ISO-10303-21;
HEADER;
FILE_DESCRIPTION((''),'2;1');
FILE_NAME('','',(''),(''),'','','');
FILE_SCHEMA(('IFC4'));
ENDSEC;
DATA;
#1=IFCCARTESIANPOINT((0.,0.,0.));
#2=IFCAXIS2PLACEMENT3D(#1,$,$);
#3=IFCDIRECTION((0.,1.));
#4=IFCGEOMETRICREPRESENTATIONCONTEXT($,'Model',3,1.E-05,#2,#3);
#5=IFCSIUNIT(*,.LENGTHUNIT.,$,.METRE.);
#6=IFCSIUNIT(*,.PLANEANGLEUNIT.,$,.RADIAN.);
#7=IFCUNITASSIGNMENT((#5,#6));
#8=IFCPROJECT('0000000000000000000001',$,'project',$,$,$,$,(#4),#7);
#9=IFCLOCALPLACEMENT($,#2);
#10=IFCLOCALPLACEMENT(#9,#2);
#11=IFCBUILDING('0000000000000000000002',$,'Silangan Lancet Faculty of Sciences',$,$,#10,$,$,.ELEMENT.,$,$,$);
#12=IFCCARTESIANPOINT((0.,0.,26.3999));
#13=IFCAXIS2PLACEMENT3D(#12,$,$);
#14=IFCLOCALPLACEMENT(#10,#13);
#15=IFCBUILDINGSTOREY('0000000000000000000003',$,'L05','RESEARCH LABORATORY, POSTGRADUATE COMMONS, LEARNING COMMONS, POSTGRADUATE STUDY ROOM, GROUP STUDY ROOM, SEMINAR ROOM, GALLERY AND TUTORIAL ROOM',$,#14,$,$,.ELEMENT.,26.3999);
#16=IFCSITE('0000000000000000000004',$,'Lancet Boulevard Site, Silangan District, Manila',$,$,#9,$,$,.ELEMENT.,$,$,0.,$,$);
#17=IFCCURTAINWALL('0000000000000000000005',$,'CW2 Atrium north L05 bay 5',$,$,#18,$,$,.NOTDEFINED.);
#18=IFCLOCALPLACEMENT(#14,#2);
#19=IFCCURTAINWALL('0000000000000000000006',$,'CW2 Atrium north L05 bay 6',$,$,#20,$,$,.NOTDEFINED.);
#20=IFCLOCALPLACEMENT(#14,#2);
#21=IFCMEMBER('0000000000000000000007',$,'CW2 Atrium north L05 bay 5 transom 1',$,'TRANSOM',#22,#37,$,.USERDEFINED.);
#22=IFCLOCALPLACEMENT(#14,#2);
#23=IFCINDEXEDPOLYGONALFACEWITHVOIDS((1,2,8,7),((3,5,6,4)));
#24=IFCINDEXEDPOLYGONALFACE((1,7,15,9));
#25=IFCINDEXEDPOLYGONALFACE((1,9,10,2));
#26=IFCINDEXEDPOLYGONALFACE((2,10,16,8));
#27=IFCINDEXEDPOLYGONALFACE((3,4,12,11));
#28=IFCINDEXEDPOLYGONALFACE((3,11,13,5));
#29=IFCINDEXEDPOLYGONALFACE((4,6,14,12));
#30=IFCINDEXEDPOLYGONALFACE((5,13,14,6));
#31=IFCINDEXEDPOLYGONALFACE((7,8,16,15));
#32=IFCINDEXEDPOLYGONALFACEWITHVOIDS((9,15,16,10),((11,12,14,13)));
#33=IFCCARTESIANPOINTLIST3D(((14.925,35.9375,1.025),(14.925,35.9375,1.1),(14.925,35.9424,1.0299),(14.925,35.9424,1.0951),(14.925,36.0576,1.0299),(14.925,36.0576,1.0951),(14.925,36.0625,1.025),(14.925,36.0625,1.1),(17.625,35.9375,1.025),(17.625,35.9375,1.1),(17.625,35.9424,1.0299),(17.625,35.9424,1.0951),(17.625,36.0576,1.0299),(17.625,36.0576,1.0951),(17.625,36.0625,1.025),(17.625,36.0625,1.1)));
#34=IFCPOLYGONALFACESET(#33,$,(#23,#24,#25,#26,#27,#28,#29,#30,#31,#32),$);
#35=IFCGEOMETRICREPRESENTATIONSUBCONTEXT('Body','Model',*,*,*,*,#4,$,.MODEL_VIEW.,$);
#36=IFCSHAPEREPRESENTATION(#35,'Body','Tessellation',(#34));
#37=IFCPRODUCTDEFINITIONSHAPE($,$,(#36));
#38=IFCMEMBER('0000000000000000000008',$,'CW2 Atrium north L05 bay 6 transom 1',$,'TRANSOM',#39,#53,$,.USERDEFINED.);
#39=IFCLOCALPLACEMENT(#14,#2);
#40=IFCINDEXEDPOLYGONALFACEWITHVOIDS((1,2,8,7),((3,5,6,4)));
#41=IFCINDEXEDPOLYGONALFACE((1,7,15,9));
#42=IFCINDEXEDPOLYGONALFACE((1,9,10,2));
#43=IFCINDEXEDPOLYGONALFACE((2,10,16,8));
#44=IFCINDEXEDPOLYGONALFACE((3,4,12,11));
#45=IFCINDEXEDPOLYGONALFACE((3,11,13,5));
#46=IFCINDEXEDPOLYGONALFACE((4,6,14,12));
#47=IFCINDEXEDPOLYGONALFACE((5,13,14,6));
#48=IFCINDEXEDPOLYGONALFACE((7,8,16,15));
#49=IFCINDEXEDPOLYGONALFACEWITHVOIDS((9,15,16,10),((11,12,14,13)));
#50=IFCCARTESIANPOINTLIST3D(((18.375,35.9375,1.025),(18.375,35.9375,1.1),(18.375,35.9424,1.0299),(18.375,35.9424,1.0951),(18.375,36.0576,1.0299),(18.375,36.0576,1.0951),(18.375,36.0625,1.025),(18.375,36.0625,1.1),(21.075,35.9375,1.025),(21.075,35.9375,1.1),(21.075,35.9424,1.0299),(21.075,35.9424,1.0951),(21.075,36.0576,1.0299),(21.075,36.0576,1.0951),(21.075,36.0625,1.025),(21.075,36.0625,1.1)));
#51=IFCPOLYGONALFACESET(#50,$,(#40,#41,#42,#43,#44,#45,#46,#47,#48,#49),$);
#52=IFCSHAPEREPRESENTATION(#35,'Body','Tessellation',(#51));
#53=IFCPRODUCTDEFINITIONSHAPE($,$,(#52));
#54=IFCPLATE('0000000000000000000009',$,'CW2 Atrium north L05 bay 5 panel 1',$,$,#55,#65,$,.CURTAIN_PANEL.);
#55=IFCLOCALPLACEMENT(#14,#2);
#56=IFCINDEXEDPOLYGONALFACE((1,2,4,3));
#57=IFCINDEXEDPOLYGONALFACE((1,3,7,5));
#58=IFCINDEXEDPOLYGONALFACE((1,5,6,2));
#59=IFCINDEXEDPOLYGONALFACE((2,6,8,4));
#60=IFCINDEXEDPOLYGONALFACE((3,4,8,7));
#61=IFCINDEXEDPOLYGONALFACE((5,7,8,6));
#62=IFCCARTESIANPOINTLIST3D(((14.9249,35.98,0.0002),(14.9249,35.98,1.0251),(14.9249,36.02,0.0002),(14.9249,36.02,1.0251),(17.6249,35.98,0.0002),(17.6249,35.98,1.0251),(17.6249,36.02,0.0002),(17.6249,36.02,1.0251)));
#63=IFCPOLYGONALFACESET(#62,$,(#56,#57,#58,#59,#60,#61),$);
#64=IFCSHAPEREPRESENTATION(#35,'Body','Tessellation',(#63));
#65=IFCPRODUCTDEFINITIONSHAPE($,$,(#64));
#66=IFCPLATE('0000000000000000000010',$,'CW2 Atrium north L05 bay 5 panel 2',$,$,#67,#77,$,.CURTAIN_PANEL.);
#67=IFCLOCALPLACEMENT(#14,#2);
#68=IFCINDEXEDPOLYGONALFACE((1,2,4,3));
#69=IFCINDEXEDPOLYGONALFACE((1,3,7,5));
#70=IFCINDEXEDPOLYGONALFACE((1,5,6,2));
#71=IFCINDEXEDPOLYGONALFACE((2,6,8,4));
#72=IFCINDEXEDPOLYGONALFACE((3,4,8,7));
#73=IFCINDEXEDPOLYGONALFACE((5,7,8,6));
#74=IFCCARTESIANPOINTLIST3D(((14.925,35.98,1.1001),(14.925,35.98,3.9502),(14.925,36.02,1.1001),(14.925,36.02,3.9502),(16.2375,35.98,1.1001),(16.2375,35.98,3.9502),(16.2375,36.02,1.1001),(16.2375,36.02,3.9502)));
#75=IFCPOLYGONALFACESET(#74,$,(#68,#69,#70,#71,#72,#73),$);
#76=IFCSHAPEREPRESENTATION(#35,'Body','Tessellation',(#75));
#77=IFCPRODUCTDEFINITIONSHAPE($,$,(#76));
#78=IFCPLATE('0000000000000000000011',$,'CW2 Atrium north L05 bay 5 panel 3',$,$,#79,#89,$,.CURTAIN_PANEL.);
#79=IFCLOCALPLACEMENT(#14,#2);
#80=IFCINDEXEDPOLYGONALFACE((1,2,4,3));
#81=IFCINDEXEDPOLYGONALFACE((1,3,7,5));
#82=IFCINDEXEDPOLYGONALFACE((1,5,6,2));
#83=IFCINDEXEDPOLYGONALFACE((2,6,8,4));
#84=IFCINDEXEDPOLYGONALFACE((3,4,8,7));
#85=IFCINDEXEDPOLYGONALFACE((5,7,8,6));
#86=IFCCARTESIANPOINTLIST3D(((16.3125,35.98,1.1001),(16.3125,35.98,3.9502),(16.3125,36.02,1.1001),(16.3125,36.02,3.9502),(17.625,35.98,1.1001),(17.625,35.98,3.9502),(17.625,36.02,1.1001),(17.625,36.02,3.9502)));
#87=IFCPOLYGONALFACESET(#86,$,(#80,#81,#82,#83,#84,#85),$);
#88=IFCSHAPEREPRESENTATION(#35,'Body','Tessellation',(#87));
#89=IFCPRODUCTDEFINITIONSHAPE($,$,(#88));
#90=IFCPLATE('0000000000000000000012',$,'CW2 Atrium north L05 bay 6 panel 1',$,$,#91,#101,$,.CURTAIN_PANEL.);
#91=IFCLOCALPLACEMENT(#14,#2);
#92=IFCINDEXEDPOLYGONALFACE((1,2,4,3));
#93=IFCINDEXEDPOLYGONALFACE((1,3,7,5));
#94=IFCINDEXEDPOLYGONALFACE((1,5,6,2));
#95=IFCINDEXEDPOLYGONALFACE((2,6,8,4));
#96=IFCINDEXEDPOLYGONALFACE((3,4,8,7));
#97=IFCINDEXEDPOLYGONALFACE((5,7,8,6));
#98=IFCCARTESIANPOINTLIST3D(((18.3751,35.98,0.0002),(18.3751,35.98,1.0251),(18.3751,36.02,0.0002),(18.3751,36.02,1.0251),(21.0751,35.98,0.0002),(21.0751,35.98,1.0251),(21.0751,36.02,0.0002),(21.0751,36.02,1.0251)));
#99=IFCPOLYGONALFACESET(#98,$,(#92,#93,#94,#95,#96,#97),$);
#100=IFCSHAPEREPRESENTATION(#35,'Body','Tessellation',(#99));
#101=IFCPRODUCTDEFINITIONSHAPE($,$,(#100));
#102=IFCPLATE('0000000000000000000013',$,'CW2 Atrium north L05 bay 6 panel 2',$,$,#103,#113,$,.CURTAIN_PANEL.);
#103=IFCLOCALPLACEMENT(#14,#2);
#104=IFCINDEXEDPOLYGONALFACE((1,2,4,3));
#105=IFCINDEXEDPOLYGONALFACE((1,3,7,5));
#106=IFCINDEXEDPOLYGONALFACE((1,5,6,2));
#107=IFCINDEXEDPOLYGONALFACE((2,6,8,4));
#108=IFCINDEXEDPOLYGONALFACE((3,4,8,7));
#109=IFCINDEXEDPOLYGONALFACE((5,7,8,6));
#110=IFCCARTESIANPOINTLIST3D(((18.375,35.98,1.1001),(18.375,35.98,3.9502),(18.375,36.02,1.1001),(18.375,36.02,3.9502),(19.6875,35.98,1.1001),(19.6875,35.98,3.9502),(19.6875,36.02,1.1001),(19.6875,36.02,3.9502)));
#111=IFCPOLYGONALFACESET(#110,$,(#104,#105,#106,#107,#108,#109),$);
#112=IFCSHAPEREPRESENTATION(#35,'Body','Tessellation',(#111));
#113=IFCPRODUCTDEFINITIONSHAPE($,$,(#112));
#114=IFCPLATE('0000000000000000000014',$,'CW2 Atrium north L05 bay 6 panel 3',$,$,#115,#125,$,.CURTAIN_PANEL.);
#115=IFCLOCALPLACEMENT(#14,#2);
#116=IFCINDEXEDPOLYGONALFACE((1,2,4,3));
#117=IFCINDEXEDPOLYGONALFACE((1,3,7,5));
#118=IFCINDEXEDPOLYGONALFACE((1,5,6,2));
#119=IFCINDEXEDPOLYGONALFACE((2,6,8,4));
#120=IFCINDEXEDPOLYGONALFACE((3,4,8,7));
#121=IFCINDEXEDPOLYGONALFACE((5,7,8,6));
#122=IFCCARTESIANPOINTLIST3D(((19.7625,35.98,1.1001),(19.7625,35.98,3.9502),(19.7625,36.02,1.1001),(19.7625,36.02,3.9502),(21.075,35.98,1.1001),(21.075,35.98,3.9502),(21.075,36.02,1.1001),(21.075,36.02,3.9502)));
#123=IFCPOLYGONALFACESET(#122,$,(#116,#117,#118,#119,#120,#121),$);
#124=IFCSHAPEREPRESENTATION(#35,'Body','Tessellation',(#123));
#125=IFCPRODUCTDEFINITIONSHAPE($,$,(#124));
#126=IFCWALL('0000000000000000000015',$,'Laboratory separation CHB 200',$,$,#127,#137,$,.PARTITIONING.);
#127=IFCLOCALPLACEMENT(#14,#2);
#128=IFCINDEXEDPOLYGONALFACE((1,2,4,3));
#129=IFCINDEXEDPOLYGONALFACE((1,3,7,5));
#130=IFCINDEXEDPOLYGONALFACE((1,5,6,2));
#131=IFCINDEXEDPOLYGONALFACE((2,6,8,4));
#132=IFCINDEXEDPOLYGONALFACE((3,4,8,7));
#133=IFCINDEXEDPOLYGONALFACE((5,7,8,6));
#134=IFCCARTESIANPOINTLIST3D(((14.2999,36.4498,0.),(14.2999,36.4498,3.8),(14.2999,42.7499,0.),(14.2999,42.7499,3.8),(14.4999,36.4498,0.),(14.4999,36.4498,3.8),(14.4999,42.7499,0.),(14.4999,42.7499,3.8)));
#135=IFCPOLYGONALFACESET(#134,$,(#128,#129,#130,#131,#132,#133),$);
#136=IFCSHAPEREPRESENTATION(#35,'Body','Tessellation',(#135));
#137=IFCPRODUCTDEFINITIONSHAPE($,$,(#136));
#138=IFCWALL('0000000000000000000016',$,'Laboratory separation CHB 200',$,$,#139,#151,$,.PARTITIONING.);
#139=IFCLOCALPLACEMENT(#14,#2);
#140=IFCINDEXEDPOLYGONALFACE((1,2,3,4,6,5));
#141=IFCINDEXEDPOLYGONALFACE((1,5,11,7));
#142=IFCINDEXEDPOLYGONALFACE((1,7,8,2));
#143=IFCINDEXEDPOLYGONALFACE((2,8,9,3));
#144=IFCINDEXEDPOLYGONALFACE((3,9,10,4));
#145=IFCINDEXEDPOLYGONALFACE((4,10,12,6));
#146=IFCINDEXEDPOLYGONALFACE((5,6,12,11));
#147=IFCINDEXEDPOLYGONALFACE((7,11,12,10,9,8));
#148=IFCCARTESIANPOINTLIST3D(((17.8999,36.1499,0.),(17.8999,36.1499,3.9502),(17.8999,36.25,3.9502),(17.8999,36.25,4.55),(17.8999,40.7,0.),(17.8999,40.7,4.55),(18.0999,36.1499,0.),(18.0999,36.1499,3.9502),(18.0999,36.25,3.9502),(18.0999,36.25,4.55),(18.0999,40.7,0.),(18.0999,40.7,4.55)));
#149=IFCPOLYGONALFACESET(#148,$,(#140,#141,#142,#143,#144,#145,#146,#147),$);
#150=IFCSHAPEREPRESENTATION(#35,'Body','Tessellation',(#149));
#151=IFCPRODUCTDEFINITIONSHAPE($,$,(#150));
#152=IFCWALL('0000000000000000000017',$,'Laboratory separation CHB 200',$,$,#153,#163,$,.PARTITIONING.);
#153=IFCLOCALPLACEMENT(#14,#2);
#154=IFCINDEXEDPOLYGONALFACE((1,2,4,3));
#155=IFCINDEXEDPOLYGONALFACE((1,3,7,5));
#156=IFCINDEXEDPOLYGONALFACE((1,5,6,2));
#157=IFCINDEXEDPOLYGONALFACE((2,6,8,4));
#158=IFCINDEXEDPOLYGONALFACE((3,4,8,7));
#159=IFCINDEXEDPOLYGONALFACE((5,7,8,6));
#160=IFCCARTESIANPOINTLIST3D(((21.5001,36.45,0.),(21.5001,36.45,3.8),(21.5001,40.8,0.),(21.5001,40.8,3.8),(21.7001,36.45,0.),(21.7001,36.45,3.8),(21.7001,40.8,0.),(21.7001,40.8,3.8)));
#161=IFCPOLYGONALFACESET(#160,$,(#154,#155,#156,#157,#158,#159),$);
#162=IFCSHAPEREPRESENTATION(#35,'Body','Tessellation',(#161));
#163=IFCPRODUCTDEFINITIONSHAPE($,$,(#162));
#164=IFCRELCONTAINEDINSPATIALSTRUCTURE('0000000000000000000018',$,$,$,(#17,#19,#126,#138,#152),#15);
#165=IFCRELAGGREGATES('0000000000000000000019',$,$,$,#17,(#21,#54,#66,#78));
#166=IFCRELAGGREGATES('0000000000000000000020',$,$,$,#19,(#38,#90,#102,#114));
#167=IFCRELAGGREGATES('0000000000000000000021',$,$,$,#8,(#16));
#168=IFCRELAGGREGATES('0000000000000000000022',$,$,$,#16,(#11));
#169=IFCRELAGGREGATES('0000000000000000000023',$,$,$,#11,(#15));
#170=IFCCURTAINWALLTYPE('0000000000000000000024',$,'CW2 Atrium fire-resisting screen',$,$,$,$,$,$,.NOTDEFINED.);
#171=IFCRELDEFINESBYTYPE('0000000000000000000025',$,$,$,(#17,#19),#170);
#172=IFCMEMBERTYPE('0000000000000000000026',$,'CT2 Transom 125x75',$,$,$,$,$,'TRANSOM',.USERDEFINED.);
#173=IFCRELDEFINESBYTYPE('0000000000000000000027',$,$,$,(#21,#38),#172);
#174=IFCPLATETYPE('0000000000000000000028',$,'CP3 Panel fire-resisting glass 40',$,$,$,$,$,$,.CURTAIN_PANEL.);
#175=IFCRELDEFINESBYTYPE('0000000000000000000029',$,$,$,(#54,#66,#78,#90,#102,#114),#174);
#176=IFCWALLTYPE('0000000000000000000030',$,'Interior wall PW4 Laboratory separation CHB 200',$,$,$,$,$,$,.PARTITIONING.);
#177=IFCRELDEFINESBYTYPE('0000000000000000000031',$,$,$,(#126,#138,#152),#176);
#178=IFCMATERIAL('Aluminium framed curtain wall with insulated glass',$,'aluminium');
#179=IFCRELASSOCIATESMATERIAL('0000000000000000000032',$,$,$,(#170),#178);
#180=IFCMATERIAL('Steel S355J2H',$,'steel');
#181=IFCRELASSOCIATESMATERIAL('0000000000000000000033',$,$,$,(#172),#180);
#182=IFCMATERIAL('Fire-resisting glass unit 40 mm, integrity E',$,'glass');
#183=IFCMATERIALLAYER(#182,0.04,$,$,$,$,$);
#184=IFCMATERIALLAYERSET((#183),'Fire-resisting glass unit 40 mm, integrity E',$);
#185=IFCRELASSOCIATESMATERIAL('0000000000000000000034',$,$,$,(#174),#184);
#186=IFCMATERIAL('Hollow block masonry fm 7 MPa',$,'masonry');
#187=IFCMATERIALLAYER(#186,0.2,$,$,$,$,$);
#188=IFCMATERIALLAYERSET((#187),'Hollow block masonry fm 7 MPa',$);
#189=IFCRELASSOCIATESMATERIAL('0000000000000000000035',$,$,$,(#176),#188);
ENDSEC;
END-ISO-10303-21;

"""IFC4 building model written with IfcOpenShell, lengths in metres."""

from ifc_helpers import new_model, si_unit, direction, frame, frame_2d, origin, origin_2d, place, context, subcontext, project, spatial, polyline, rectangle, hollow_rectangle, outline, extrude, material, layer, layer_set, material_profile, profile_set, type_object, element, aggregate, save


model = new_model("IFC4")

# Units and contexts
model_context = context("Model", 3, precision=1e-05, world=origin(), true_north=direction((0.0, 1.0)))
body_context = subcontext(model_context, "Body", "Model", "MODEL_VIEW")
ifc_project = project(units=[si_unit("LENGTHUNIT", "METRE"), si_unit("PLANEANGLEUNIT", "RADIAN")], contexts=[model_context])

# Site, building, storey
site_placement = place(None, origin())
site = spatial("IfcSite", under=ifc_project, at=site_placement, Name="Lancet Boulevard Site, Silangan District, Manila", CompositionType="ELEMENT", RefElevation=0.0)
building_placement = place(site_placement, origin())
building = spatial("IfcBuilding", under=site, at=building_placement, Name="Silangan Lancet Faculty of Sciences", CompositionType="ELEMENT")
storey_placement = place(building_placement, frame((0.0, 0.0, 26.3999)))
storey = spatial("IfcBuildingStorey", under=building, at=storey_placement, Name="L05", Description="RESEARCH LABORATORY, POSTGRADUATE COMMONS, LEARNING COMMONS, POSTGRADUATE STUDY ROOM, GROUP STUDY ROOM, SEMINAR ROOM, GALLERY AND TUTORIAL ROOM", CompositionType="ELEMENT", Elevation=26.3999)

# Curtain walls
ifc_material_1 = material(Name="Aluminium framed curtain wall with insulated glass", Category="aluminium")
curtain_wall_type = type_object("IfcCurtainWallType", Name="CW2 Atrium fire-resisting screen", PredefinedType="NOTDEFINED", material=ifc_material_1)
curtain_wall_1_placement = place(storey_placement, origin())
curtain_wall_1 = element("IfcCurtainWall", 1, at=curtain_wall_1_placement, inside=storey, type_object=curtain_wall_type, Name="CW2 Atrium north L05 bay 5", PredefinedType="NOTDEFINED")
curtain_wall_2_placement = place(storey_placement, origin())
curtain_wall_2 = element("IfcCurtainWall", 2, at=curtain_wall_2_placement, inside=storey, type_object=curtain_wall_type, Name="CW2 Atrium north L05 bay 6", PredefinedType="NOTDEFINED")

# Members
ifc_material_2 = material(Name="Steel S355J2H", Category="steel")
ifc_material_profile_1 = material_profile(ifc_material_2, hollow_rectangle(XDim=0.125, YDim=0.075, WallThickness=0.0049, at=origin_2d()), Name="ST BOX 125x75x5")
ifc_profile_set_1 = profile_set([ifc_material_profile_1], Name="Steel S355J2H")
member_type_1 = type_object("IfcMemberType", Name="CT2 Transom 125x75", ElementType="TRANSOM", PredefinedType="USERDEFINED", material=ifc_profile_set_1)
member_1_placement = place(storey_placement, frame((14.925, 36.0, 1.0625), z_axis=(1.0, 0.0, 0.0), x_axis=(0.0, 1.0, 0.0)))
member_1 = element("IfcMember", 3, at=member_1_placement, type_object=member_type_1, Name="CW2 Atrium north L05 bay 5 transom 1", ObjectType="TRANSOM", PredefinedType="USERDEFINED", context=body_context, shape_type="SweptSolid", body=[
    extrude(hollow_rectangle(XDim=0.125, YDim=0.075, WallThickness=0.0049, at=origin_2d()), origin(), (0.0, 0.0, 1.0), 2.7),
])
member_2_placement = place(storey_placement, frame((18.375, 36.0, 1.0625), z_axis=(1.0, 0.0, 0.0), x_axis=(0.0, 1.0, 0.0)))
member_2 = element("IfcMember", 4, at=member_2_placement, type_object=member_type_1, Name="CW2 Atrium north L05 bay 6 transom 1", ObjectType="TRANSOM", PredefinedType="USERDEFINED", context=body_context, shape_type="SweptSolid", body=[
    extrude(hollow_rectangle(XDim=0.125, YDim=0.075, WallThickness=0.0049, at=origin_2d()), origin(), (0.0, 0.0, 1.0), 2.7),
])

# Plates
ifc_material_3 = material(Name="Fire-resisting glass unit 40 mm, integrity E", Category="glass")
ifc_layer_1 = layer(ifc_material_3, 0.04)
ifc_layer_set_1 = layer_set([ifc_layer_1], Name="Fire-resisting glass unit 40 mm, integrity E")
plate_type = type_object("IfcPlateType", Name="CP3 Panel fire-resisting glass 40", PredefinedType="CURTAIN_PANEL", material=ifc_layer_set_1)
plate_1_placement = place(storey_placement, frame((16.2749, 36.0, 0.0002), z_axis=(0.0, 0.0, 1.0), x_axis=(1.0, 0.0, 0.0)))
plate_1 = element("IfcPlate", 5, at=plate_1_placement, type_object=plate_type, Name="CW2 Atrium north L05 bay 5 panel 1", PredefinedType="CURTAIN_PANEL", context=body_context, shape_type="SweptSolid", body=[
    extrude(rectangle(XDim=2.7, YDim=0.04, at=origin_2d()), origin(), (0.0, 0.0, 1.0), 1.0249),
])
plate_2_placement = place(storey_placement, frame((15.5813, 36.0, 1.1001), z_axis=(0.0, 0.0, 1.0), x_axis=(1.0, 0.0, 0.0)))
plate_2 = element("IfcPlate", 6, at=plate_2_placement, type_object=plate_type, Name="CW2 Atrium north L05 bay 5 panel 2", PredefinedType="CURTAIN_PANEL", context=body_context, shape_type="SweptSolid", body=[
    extrude(rectangle(XDim=1.3125, YDim=0.04, at=origin_2d()), origin(), (0.0, 0.0, 1.0), 2.8501),
])
plate_3_placement = place(storey_placement, frame((16.9688, 36.0, 1.1001), z_axis=(0.0, 0.0, 1.0), x_axis=(1.0, 0.0, 0.0)))
plate_3 = element("IfcPlate", 7, at=plate_3_placement, type_object=plate_type, Name="CW2 Atrium north L05 bay 5 panel 3", PredefinedType="CURTAIN_PANEL", context=body_context, shape_type="SweptSolid", body=[
    extrude(rectangle(XDim=1.3125, YDim=0.04, at=origin_2d()), origin(), (0.0, 0.0, 1.0), 2.8501),
])
aggregate(curtain_wall_1, [member_1, plate_1, plate_2, plate_3])
plate_4_placement = place(storey_placement, frame((19.7251, 36.0, 0.0002), z_axis=(0.0, 0.0, 1.0), x_axis=(1.0, 0.0, 0.0)))
plate_4 = element("IfcPlate", 8, at=plate_4_placement, type_object=plate_type, Name="CW2 Atrium north L05 bay 6 panel 1", PredefinedType="CURTAIN_PANEL", context=body_context, shape_type="SweptSolid", body=[
    extrude(rectangle(XDim=2.7, YDim=0.04, at=origin_2d()), origin(), (0.0, 0.0, 1.0), 1.0249),
])
plate_5_placement = place(storey_placement, frame((19.0312, 36.0, 1.1001), z_axis=(0.0, 0.0, 1.0), x_axis=(1.0, 0.0, 0.0)))
plate_5 = element("IfcPlate", 9, at=plate_5_placement, type_object=plate_type, Name="CW2 Atrium north L05 bay 6 panel 2", PredefinedType="CURTAIN_PANEL", context=body_context, shape_type="SweptSolid", body=[
    extrude(rectangle(XDim=1.3125, YDim=0.04, at=origin_2d()), origin(), (0.0, 0.0, 1.0), 2.8501),
])
plate_6_placement = place(storey_placement, frame((20.4187, 36.0, 1.1001), z_axis=(0.0, 0.0, 1.0), x_axis=(1.0, 0.0, 0.0)))
plate_6 = element("IfcPlate", 10, at=plate_6_placement, type_object=plate_type, Name="CW2 Atrium north L05 bay 6 panel 3", PredefinedType="CURTAIN_PANEL", context=body_context, shape_type="SweptSolid", body=[
    extrude(rectangle(XDim=1.3125, YDim=0.04, at=origin_2d()), origin(), (0.0, 0.0, 1.0), 2.8501),
])
aggregate(curtain_wall_2, [member_2, plate_4, plate_5, plate_6])

# Walls
ifc_material_4 = material(Name="Hollow block masonry fm 7 MPa", Category="masonry")
ifc_layer_2 = layer(ifc_material_4, 0.2)
ifc_layer_set_2 = layer_set([ifc_layer_2], Name="Hollow block masonry fm 7 MPa")
wall_type = type_object("IfcWallType", Name="Interior wall PW4 Laboratory separation CHB 200", PredefinedType="PARTITIONING", material=ifc_layer_set_2)
wall_1_placement = place(storey_placement, frame((14.3999, 36.45, 0.0), z_axis=(0.0, 0.0, 1.0), x_axis=(0.0, 1.0, 0.0)))
element("IfcWall", 11, at=wall_1_placement, inside=storey, type_object=wall_type, Name="Laboratory separation CHB 200", PredefinedType="PARTITIONING", context=body_context, shape_type="SweptSolid", body=[
    extrude(rectangle(XDim=6.3, YDim=0.2, at=frame_2d((3.1499, 0.0))), origin(), (0.0, 0.0, 1.0), 3.8),
])
wall_2_placement = place(storey_placement, frame((18.0, 36.1499, 0.0), z_axis=(0.0, 0.0, 1.0), x_axis=(0.0, 1.0, 0.0)))
element("IfcWall", 12, at=wall_2_placement, inside=storey, type_object=wall_type, Name="Laboratory separation CHB 200", PredefinedType="PARTITIONING", context=body_context, shape_type="SweptSolid", body=[
    extrude(outline(polyline([(0.0, 0.0), (4.55, 0.0), (4.55, 4.55), (0.1001, 4.55), (0.1001, 3.9502), (0.0, 3.9502), (0.0, 0.0)])), frame((0.0, 0.1001, 0.0), z_axis=(0.0, -1.0, 0.0), x_axis=(1.0, 0.0, 0.0)), (0.0, 0.0, 1.0), 0.2),
])
wall_3_placement = place(storey_placement, frame((21.6001, 36.45, 0.0), z_axis=(0.0, 0.0, 1.0), x_axis=(0.0, 1.0, 0.0)))
element("IfcWall", 13, at=wall_3_placement, inside=storey, type_object=wall_type, Name="Laboratory separation CHB 200", PredefinedType="PARTITIONING", context=body_context, shape_type="SweptSolid", body=[
    extrude(rectangle(XDim=4.3501, YDim=0.2, at=frame_2d((2.175, 0.0))), origin(), (0.0, 0.0, 1.0), 3.8),
])

save(model, "model.ifc")
